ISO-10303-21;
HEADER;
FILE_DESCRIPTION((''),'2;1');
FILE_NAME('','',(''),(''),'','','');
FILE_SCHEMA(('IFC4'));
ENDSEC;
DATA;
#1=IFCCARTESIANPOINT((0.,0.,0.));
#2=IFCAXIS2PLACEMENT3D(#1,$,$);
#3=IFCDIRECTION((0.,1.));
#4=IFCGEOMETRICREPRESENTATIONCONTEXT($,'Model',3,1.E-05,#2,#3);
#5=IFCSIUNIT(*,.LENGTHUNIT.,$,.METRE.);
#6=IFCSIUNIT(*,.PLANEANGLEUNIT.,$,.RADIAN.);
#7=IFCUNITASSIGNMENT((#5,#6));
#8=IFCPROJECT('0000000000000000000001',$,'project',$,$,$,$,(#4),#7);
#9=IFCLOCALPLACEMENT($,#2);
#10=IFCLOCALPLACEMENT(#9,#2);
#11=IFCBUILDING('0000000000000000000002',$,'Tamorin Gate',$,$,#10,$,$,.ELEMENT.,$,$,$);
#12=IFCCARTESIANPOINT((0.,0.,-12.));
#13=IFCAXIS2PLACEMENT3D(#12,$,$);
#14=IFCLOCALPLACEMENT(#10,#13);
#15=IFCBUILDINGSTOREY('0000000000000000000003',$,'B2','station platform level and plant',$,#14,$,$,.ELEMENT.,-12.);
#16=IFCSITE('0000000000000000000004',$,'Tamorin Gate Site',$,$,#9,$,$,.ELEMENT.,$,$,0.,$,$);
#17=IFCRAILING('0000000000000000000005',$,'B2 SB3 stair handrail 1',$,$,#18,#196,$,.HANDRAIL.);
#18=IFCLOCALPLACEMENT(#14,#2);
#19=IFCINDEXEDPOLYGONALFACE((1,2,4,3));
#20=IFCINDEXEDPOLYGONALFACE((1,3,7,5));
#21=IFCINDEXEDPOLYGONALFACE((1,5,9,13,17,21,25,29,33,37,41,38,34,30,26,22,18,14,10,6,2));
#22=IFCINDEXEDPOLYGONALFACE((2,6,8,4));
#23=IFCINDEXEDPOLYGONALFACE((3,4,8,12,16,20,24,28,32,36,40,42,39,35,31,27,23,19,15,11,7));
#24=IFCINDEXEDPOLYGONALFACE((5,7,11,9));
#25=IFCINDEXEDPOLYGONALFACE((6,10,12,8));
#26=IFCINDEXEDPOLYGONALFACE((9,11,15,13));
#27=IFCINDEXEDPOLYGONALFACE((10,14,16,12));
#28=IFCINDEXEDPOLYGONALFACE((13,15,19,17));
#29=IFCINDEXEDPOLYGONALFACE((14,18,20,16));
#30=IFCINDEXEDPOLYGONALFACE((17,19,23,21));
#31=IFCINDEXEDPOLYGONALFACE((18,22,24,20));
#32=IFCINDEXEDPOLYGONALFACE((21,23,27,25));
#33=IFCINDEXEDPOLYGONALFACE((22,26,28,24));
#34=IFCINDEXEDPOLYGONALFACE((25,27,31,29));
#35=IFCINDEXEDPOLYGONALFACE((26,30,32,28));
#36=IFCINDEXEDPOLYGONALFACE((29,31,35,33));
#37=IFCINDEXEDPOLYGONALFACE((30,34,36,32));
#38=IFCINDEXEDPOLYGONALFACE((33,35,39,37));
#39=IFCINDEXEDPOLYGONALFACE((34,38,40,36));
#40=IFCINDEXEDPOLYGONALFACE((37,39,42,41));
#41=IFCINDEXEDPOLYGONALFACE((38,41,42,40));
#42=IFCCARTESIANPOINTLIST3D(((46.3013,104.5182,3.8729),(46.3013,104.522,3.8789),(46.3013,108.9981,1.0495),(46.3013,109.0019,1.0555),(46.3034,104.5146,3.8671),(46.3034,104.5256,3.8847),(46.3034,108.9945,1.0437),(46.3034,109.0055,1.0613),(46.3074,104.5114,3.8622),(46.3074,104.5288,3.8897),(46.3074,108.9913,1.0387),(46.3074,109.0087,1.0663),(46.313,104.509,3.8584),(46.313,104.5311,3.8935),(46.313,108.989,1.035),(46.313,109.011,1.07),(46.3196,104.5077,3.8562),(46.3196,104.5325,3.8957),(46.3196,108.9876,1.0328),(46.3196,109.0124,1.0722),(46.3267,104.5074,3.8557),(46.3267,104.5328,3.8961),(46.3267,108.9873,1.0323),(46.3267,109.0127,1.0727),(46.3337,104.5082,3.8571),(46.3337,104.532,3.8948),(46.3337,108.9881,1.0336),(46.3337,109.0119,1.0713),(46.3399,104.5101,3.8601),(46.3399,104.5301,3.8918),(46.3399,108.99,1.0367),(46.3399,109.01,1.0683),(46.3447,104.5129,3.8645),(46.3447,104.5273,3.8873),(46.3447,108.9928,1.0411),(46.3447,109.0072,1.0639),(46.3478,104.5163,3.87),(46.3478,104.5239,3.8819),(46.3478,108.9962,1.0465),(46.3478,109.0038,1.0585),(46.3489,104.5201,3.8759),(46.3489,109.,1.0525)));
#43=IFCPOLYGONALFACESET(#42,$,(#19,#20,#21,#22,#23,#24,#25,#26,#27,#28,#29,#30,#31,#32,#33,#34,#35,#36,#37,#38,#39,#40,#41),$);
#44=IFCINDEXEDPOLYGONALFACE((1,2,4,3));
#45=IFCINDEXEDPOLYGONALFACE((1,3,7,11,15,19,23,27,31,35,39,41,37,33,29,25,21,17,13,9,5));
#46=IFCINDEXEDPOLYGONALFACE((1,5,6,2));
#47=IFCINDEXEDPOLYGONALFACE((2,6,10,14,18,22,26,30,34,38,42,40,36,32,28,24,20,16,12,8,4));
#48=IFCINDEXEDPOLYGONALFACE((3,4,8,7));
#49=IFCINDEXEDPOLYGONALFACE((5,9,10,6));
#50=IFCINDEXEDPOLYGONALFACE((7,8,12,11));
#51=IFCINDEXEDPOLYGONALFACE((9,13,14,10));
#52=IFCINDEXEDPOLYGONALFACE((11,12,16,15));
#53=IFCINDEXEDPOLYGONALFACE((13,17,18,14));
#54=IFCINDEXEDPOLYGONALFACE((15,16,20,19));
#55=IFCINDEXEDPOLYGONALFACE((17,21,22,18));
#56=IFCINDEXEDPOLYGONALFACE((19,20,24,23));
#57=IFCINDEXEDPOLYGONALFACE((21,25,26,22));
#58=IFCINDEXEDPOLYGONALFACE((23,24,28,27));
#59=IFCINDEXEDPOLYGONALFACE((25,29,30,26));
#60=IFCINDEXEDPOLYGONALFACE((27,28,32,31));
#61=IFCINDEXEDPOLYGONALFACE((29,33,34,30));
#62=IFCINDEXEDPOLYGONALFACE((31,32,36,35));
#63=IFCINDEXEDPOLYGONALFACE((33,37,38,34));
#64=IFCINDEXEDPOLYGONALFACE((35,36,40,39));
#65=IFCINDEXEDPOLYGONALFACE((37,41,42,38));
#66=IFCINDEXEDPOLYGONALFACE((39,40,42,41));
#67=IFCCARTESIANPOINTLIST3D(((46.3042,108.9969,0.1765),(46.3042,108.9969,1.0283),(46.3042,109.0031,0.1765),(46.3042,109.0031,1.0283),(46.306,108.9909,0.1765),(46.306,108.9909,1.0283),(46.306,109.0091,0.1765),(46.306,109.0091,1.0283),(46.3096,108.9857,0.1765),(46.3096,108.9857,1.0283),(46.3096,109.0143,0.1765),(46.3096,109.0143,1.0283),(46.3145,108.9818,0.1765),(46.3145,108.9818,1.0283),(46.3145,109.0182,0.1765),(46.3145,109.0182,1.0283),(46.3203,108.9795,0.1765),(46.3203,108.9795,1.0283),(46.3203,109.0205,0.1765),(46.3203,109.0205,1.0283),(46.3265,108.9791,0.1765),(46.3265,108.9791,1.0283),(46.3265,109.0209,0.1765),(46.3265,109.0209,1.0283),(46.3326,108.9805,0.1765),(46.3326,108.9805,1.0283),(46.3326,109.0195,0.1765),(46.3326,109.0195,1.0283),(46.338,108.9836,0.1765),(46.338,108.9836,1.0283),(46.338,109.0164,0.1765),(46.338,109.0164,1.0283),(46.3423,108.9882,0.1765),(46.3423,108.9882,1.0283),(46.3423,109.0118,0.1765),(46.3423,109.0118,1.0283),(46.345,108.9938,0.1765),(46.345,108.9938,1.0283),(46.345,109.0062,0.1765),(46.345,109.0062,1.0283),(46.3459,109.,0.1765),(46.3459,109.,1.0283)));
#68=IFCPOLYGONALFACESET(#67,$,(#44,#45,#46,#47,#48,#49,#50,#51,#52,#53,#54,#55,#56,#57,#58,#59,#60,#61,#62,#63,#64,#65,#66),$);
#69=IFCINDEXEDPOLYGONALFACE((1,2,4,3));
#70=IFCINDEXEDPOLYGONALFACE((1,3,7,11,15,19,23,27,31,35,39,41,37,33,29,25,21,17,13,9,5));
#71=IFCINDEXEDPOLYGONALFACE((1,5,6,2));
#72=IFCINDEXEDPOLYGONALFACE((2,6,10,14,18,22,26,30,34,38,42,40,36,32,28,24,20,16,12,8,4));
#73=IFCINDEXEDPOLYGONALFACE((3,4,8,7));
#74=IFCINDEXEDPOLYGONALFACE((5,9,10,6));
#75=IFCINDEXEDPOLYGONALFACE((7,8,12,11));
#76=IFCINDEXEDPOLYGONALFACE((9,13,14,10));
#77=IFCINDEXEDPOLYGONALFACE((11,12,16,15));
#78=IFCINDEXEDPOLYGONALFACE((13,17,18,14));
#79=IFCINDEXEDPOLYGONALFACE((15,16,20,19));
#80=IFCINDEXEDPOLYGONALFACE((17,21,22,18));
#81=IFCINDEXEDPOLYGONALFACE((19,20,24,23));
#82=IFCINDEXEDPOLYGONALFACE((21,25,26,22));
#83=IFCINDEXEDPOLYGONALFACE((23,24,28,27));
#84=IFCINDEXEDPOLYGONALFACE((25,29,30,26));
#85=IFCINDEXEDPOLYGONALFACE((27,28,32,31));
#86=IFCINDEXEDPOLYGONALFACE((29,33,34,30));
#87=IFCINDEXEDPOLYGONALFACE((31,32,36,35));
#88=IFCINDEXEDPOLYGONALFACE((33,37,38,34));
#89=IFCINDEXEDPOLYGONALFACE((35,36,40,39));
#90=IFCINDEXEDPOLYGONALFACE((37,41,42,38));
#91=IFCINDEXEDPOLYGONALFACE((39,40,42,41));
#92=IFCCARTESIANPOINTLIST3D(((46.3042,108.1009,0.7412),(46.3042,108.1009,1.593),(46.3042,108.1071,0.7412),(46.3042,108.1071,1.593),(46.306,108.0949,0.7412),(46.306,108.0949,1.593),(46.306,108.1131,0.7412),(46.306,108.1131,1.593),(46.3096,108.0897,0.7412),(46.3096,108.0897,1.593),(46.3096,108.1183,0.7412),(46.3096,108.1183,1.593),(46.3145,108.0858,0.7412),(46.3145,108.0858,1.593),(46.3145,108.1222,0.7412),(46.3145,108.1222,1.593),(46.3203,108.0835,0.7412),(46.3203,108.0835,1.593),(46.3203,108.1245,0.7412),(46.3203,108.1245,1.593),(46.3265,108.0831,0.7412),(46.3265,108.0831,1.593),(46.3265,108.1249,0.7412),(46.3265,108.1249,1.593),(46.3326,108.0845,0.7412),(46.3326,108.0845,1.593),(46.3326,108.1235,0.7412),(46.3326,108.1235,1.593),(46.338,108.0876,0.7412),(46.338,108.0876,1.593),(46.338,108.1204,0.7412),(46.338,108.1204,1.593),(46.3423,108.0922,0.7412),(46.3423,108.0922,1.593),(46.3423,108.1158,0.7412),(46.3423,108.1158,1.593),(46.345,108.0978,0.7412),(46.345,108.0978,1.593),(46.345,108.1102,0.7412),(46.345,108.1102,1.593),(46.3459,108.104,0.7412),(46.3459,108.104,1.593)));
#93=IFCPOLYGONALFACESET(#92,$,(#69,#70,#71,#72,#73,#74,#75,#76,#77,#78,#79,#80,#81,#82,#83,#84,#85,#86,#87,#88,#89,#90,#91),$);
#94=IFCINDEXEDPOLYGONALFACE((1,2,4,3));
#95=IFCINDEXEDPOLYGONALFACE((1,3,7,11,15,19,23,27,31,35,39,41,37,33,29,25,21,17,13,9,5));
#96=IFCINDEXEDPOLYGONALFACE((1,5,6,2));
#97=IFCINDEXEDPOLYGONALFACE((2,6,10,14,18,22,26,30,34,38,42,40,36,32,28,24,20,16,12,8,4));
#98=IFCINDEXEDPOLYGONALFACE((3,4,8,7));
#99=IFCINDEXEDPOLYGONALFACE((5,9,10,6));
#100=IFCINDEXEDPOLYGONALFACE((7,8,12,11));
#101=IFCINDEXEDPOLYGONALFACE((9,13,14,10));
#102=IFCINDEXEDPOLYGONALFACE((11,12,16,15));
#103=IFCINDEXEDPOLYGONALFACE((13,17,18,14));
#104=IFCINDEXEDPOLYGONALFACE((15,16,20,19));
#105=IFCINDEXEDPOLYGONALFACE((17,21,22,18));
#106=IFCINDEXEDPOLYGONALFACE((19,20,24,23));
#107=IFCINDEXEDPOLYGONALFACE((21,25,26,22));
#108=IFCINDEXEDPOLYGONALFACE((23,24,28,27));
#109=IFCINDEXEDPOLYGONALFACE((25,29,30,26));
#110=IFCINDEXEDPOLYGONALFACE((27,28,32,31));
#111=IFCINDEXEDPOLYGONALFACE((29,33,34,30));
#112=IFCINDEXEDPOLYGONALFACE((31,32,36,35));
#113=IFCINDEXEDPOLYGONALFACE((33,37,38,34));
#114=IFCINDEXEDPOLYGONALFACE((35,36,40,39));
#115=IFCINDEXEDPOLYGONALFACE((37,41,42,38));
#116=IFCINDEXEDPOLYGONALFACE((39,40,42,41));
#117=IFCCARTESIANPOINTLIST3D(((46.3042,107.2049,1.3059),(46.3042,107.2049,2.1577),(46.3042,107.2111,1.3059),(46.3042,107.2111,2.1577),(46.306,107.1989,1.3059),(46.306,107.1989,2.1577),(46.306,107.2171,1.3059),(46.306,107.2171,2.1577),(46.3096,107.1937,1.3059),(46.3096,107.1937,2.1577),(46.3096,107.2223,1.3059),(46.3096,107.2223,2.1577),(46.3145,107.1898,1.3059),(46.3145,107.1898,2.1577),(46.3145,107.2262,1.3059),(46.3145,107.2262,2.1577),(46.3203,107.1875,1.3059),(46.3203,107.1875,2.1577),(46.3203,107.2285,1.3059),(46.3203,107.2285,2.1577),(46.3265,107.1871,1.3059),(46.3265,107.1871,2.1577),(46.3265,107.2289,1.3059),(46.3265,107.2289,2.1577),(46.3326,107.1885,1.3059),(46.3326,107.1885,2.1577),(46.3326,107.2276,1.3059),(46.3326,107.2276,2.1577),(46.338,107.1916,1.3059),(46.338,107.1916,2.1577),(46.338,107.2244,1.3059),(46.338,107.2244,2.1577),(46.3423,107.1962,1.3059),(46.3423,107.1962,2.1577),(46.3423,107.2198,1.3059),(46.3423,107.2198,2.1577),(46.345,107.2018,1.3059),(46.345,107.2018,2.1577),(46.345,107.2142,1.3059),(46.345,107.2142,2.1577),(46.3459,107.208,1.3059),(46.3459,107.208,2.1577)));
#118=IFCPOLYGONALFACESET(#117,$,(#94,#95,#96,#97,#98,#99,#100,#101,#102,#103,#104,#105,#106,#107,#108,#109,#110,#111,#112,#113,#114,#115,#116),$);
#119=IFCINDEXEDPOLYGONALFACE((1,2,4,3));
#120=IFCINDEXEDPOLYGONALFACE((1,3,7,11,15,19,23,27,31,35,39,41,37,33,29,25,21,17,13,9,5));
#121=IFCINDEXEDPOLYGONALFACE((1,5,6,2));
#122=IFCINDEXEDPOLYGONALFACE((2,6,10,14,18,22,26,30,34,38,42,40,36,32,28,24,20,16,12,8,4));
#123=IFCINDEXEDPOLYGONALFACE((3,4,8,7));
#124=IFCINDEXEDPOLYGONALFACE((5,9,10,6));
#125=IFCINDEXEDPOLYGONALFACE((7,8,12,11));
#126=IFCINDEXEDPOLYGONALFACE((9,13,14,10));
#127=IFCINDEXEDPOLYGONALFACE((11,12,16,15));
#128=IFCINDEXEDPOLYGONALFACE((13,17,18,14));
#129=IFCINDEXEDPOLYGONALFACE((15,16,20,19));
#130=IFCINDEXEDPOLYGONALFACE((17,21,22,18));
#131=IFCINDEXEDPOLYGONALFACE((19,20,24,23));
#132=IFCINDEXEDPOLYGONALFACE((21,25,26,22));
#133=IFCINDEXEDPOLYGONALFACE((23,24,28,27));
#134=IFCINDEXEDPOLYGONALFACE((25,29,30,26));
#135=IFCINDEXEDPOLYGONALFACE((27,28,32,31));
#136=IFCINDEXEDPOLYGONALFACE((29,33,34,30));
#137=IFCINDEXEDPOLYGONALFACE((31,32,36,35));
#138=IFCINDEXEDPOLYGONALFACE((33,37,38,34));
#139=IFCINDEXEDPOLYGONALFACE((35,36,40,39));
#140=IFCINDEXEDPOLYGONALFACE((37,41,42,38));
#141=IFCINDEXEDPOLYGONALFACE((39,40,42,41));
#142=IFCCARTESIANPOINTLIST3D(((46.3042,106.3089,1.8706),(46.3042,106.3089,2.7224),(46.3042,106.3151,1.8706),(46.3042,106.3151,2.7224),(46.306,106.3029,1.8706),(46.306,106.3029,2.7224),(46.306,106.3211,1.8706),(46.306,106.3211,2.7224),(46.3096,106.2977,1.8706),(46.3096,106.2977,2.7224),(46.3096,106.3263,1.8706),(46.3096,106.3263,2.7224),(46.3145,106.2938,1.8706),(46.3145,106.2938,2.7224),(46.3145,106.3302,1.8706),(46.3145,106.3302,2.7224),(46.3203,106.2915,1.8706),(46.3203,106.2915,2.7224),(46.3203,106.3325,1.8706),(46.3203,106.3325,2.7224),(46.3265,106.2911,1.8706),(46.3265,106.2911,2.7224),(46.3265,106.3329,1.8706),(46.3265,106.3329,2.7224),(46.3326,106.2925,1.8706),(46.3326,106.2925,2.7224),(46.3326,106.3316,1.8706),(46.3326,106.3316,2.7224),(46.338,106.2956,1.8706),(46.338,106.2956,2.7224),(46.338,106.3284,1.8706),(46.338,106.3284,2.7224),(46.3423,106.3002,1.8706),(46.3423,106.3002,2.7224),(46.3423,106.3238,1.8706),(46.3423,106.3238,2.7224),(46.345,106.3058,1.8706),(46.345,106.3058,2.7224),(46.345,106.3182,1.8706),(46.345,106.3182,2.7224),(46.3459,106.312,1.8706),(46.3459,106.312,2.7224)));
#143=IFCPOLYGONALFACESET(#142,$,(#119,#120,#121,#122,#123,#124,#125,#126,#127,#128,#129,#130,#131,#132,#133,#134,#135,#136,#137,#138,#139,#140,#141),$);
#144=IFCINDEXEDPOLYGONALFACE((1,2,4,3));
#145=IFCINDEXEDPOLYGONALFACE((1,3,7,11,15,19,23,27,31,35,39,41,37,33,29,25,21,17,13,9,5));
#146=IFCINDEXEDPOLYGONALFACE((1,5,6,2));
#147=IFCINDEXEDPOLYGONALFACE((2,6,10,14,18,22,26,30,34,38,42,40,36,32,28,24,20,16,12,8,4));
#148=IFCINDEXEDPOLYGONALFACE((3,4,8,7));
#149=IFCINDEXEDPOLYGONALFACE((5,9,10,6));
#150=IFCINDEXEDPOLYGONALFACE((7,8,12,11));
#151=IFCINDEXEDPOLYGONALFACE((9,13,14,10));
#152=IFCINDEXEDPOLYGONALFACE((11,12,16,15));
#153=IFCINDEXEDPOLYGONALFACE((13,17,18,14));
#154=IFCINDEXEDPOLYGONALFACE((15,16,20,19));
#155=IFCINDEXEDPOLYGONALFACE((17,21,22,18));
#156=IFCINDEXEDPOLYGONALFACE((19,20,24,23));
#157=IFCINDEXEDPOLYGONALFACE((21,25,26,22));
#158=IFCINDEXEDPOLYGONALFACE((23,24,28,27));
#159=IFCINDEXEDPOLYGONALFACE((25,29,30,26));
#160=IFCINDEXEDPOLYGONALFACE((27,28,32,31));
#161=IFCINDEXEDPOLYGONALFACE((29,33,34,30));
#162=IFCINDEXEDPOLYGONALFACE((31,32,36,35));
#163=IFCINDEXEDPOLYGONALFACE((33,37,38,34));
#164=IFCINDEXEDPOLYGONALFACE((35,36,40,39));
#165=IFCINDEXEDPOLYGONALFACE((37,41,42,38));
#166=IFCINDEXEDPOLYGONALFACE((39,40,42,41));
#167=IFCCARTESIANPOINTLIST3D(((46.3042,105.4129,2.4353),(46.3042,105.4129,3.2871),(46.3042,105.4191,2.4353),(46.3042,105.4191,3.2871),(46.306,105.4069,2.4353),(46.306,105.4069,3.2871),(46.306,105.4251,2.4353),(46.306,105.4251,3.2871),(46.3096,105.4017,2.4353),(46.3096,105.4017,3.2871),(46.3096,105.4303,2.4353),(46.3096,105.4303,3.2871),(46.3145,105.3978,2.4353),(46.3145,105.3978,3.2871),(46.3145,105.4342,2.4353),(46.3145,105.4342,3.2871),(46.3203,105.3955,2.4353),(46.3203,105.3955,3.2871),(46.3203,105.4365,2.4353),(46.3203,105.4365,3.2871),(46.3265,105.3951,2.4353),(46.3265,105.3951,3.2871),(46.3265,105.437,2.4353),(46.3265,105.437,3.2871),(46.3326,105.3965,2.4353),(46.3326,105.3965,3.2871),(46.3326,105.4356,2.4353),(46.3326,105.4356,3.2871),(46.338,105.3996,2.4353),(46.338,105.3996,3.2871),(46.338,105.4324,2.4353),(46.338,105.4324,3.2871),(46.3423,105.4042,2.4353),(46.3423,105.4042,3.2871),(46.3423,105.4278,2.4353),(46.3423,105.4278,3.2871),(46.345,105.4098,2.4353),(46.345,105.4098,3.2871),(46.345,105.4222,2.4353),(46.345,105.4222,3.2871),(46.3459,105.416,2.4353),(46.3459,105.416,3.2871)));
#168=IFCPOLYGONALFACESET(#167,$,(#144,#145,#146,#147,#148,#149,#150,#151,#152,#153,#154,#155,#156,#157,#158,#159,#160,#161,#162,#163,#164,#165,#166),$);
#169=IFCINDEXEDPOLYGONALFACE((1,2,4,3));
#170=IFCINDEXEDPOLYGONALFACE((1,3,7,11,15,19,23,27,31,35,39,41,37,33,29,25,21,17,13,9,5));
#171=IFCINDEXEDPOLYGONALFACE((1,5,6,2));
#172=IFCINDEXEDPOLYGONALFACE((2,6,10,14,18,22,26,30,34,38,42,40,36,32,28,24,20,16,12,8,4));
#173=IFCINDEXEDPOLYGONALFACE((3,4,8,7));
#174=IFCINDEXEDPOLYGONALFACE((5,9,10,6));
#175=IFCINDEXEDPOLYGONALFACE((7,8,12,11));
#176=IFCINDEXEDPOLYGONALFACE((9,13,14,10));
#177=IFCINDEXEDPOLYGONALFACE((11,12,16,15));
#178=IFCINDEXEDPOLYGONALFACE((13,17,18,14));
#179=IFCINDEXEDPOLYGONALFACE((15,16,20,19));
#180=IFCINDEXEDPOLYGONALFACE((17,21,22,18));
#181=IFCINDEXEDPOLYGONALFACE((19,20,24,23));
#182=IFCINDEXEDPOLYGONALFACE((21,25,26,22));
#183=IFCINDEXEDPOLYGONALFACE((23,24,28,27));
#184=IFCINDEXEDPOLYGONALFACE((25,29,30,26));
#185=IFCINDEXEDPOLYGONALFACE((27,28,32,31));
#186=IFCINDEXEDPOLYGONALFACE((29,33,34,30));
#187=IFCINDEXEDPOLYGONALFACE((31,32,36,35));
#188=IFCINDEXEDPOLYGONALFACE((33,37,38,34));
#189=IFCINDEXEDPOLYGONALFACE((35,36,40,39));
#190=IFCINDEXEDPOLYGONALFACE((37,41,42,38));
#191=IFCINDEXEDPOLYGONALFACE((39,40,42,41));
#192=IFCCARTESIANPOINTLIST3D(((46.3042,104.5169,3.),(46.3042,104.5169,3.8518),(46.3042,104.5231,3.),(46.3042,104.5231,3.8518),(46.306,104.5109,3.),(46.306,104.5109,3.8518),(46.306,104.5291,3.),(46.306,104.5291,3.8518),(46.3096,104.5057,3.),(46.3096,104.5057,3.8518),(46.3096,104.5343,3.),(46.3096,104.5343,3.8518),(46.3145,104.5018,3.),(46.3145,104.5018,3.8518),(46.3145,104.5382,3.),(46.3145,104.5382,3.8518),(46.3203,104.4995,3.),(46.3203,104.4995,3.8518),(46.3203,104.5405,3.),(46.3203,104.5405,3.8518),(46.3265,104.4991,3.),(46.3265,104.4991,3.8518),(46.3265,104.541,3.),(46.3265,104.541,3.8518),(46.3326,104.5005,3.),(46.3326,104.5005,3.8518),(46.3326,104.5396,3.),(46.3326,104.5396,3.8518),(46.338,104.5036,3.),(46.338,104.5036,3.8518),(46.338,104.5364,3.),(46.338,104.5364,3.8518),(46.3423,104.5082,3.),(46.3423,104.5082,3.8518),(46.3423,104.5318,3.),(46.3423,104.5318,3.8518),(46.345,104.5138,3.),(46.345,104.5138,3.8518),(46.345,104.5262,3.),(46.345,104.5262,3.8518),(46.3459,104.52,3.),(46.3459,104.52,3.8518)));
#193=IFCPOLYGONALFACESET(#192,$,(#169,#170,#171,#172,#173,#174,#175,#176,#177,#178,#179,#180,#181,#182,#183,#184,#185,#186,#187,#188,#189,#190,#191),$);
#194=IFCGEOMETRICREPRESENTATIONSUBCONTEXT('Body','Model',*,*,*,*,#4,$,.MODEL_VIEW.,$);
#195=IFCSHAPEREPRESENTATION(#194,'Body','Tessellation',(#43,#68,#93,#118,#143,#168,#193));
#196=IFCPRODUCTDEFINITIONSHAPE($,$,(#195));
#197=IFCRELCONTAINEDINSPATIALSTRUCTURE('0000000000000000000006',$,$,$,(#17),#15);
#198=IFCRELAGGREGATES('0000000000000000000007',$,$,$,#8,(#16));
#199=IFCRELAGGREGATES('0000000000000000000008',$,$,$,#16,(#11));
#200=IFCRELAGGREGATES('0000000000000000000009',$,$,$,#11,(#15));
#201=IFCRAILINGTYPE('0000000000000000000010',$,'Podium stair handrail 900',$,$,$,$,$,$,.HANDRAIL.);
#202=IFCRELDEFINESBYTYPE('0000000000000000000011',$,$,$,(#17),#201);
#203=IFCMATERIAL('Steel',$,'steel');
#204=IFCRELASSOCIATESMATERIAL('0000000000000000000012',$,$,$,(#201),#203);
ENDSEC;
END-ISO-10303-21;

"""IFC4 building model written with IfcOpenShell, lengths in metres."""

from ifc_helpers import new_model, si_unit, direction, frame, origin, origin_2d, place, context, subcontext, project, spatial, circle, extrude, material, type_object, element, save


model = new_model("IFC4")

# Units and contexts
model_context = context("Model", 3, precision=1e-05, world=origin(), true_north=direction((0.0, 1.0)))
body_context = subcontext(model_context, "Body", "Model", "MODEL_VIEW")
ifc_project = project(units=[si_unit("LENGTHUNIT", "METRE"), si_unit("PLANEANGLEUNIT", "RADIAN")], contexts=[model_context])

# Site, building, storey
site_placement = place(None, origin())
site = spatial("IfcSite", under=ifc_project, at=site_placement, Name="Tamorin Gate Site", CompositionType="ELEMENT", RefElevation=0.0)
building_placement = place(site_placement, origin())
building = spatial("IfcBuilding", under=site, at=building_placement, Name="Tamorin Gate", CompositionType="ELEMENT")
storey_placement = place(building_placement, frame((0.0, 0.0, -12.0)))
storey = spatial("IfcBuildingStorey", under=building, at=storey_placement, Name="B2", Description="station platform level and plant", CompositionType="ELEMENT", Elevation=-12.0)

# Railing
ifc_material_1 = material(Name="Steel", Category="steel")
railing_type_1 = type_object("IfcRailingType", Name="Podium stair handrail 900", PredefinedType="HANDRAIL", material=ifc_material_1)
railing_1_placement = place(storey_placement, frame((46.325, 109.0, 0.1765)))
element("IfcRailing", 1, at=railing_1_placement, inside=storey, type_object=railing_type_1, Name="B2 SB3 stair handrail 1", PredefinedType="HANDRAIL", context=body_context, shape_type="SweptSolid", body=[
    extrude(circle(Radius=0.0239, at=origin_2d()), frame((0.0, 0.0, 0.876), z_axis=(0.0, -0.845998, 0.533186), x_axis=(1.0, 0.0, 0.0)), (0.0, 0.0, 1.0), 5.2954),
    extrude(circle(Radius=0.021, at=origin_2d()), origin(), (0.0, 0.0, 1.0), 0.8518),
    extrude(circle(Radius=0.021, at=origin_2d()), frame((0.0, -0.896, 0.5647)), (0.0, 0.0, 1.0), 0.8518),
    extrude(circle(Radius=0.021, at=origin_2d()), frame((0.0, -1.792, 1.1294)), (0.0, 0.0, 1.0), 0.8518),
    extrude(circle(Radius=0.021, at=origin_2d()), frame((0.0, -2.688, 1.6941)), (0.0, 0.0, 1.0), 0.8518),
    extrude(circle(Radius=0.021, at=origin_2d()), frame((0.0, -3.584, 2.2588)), (0.0, 0.0, 1.0), 0.8518),
    extrude(circle(Radius=0.021, at=origin_2d()), frame((0.0, -4.48, 2.8235)), (0.0, 0.0, 1.0), 0.8518),
])

save(model, "model.ifc")
